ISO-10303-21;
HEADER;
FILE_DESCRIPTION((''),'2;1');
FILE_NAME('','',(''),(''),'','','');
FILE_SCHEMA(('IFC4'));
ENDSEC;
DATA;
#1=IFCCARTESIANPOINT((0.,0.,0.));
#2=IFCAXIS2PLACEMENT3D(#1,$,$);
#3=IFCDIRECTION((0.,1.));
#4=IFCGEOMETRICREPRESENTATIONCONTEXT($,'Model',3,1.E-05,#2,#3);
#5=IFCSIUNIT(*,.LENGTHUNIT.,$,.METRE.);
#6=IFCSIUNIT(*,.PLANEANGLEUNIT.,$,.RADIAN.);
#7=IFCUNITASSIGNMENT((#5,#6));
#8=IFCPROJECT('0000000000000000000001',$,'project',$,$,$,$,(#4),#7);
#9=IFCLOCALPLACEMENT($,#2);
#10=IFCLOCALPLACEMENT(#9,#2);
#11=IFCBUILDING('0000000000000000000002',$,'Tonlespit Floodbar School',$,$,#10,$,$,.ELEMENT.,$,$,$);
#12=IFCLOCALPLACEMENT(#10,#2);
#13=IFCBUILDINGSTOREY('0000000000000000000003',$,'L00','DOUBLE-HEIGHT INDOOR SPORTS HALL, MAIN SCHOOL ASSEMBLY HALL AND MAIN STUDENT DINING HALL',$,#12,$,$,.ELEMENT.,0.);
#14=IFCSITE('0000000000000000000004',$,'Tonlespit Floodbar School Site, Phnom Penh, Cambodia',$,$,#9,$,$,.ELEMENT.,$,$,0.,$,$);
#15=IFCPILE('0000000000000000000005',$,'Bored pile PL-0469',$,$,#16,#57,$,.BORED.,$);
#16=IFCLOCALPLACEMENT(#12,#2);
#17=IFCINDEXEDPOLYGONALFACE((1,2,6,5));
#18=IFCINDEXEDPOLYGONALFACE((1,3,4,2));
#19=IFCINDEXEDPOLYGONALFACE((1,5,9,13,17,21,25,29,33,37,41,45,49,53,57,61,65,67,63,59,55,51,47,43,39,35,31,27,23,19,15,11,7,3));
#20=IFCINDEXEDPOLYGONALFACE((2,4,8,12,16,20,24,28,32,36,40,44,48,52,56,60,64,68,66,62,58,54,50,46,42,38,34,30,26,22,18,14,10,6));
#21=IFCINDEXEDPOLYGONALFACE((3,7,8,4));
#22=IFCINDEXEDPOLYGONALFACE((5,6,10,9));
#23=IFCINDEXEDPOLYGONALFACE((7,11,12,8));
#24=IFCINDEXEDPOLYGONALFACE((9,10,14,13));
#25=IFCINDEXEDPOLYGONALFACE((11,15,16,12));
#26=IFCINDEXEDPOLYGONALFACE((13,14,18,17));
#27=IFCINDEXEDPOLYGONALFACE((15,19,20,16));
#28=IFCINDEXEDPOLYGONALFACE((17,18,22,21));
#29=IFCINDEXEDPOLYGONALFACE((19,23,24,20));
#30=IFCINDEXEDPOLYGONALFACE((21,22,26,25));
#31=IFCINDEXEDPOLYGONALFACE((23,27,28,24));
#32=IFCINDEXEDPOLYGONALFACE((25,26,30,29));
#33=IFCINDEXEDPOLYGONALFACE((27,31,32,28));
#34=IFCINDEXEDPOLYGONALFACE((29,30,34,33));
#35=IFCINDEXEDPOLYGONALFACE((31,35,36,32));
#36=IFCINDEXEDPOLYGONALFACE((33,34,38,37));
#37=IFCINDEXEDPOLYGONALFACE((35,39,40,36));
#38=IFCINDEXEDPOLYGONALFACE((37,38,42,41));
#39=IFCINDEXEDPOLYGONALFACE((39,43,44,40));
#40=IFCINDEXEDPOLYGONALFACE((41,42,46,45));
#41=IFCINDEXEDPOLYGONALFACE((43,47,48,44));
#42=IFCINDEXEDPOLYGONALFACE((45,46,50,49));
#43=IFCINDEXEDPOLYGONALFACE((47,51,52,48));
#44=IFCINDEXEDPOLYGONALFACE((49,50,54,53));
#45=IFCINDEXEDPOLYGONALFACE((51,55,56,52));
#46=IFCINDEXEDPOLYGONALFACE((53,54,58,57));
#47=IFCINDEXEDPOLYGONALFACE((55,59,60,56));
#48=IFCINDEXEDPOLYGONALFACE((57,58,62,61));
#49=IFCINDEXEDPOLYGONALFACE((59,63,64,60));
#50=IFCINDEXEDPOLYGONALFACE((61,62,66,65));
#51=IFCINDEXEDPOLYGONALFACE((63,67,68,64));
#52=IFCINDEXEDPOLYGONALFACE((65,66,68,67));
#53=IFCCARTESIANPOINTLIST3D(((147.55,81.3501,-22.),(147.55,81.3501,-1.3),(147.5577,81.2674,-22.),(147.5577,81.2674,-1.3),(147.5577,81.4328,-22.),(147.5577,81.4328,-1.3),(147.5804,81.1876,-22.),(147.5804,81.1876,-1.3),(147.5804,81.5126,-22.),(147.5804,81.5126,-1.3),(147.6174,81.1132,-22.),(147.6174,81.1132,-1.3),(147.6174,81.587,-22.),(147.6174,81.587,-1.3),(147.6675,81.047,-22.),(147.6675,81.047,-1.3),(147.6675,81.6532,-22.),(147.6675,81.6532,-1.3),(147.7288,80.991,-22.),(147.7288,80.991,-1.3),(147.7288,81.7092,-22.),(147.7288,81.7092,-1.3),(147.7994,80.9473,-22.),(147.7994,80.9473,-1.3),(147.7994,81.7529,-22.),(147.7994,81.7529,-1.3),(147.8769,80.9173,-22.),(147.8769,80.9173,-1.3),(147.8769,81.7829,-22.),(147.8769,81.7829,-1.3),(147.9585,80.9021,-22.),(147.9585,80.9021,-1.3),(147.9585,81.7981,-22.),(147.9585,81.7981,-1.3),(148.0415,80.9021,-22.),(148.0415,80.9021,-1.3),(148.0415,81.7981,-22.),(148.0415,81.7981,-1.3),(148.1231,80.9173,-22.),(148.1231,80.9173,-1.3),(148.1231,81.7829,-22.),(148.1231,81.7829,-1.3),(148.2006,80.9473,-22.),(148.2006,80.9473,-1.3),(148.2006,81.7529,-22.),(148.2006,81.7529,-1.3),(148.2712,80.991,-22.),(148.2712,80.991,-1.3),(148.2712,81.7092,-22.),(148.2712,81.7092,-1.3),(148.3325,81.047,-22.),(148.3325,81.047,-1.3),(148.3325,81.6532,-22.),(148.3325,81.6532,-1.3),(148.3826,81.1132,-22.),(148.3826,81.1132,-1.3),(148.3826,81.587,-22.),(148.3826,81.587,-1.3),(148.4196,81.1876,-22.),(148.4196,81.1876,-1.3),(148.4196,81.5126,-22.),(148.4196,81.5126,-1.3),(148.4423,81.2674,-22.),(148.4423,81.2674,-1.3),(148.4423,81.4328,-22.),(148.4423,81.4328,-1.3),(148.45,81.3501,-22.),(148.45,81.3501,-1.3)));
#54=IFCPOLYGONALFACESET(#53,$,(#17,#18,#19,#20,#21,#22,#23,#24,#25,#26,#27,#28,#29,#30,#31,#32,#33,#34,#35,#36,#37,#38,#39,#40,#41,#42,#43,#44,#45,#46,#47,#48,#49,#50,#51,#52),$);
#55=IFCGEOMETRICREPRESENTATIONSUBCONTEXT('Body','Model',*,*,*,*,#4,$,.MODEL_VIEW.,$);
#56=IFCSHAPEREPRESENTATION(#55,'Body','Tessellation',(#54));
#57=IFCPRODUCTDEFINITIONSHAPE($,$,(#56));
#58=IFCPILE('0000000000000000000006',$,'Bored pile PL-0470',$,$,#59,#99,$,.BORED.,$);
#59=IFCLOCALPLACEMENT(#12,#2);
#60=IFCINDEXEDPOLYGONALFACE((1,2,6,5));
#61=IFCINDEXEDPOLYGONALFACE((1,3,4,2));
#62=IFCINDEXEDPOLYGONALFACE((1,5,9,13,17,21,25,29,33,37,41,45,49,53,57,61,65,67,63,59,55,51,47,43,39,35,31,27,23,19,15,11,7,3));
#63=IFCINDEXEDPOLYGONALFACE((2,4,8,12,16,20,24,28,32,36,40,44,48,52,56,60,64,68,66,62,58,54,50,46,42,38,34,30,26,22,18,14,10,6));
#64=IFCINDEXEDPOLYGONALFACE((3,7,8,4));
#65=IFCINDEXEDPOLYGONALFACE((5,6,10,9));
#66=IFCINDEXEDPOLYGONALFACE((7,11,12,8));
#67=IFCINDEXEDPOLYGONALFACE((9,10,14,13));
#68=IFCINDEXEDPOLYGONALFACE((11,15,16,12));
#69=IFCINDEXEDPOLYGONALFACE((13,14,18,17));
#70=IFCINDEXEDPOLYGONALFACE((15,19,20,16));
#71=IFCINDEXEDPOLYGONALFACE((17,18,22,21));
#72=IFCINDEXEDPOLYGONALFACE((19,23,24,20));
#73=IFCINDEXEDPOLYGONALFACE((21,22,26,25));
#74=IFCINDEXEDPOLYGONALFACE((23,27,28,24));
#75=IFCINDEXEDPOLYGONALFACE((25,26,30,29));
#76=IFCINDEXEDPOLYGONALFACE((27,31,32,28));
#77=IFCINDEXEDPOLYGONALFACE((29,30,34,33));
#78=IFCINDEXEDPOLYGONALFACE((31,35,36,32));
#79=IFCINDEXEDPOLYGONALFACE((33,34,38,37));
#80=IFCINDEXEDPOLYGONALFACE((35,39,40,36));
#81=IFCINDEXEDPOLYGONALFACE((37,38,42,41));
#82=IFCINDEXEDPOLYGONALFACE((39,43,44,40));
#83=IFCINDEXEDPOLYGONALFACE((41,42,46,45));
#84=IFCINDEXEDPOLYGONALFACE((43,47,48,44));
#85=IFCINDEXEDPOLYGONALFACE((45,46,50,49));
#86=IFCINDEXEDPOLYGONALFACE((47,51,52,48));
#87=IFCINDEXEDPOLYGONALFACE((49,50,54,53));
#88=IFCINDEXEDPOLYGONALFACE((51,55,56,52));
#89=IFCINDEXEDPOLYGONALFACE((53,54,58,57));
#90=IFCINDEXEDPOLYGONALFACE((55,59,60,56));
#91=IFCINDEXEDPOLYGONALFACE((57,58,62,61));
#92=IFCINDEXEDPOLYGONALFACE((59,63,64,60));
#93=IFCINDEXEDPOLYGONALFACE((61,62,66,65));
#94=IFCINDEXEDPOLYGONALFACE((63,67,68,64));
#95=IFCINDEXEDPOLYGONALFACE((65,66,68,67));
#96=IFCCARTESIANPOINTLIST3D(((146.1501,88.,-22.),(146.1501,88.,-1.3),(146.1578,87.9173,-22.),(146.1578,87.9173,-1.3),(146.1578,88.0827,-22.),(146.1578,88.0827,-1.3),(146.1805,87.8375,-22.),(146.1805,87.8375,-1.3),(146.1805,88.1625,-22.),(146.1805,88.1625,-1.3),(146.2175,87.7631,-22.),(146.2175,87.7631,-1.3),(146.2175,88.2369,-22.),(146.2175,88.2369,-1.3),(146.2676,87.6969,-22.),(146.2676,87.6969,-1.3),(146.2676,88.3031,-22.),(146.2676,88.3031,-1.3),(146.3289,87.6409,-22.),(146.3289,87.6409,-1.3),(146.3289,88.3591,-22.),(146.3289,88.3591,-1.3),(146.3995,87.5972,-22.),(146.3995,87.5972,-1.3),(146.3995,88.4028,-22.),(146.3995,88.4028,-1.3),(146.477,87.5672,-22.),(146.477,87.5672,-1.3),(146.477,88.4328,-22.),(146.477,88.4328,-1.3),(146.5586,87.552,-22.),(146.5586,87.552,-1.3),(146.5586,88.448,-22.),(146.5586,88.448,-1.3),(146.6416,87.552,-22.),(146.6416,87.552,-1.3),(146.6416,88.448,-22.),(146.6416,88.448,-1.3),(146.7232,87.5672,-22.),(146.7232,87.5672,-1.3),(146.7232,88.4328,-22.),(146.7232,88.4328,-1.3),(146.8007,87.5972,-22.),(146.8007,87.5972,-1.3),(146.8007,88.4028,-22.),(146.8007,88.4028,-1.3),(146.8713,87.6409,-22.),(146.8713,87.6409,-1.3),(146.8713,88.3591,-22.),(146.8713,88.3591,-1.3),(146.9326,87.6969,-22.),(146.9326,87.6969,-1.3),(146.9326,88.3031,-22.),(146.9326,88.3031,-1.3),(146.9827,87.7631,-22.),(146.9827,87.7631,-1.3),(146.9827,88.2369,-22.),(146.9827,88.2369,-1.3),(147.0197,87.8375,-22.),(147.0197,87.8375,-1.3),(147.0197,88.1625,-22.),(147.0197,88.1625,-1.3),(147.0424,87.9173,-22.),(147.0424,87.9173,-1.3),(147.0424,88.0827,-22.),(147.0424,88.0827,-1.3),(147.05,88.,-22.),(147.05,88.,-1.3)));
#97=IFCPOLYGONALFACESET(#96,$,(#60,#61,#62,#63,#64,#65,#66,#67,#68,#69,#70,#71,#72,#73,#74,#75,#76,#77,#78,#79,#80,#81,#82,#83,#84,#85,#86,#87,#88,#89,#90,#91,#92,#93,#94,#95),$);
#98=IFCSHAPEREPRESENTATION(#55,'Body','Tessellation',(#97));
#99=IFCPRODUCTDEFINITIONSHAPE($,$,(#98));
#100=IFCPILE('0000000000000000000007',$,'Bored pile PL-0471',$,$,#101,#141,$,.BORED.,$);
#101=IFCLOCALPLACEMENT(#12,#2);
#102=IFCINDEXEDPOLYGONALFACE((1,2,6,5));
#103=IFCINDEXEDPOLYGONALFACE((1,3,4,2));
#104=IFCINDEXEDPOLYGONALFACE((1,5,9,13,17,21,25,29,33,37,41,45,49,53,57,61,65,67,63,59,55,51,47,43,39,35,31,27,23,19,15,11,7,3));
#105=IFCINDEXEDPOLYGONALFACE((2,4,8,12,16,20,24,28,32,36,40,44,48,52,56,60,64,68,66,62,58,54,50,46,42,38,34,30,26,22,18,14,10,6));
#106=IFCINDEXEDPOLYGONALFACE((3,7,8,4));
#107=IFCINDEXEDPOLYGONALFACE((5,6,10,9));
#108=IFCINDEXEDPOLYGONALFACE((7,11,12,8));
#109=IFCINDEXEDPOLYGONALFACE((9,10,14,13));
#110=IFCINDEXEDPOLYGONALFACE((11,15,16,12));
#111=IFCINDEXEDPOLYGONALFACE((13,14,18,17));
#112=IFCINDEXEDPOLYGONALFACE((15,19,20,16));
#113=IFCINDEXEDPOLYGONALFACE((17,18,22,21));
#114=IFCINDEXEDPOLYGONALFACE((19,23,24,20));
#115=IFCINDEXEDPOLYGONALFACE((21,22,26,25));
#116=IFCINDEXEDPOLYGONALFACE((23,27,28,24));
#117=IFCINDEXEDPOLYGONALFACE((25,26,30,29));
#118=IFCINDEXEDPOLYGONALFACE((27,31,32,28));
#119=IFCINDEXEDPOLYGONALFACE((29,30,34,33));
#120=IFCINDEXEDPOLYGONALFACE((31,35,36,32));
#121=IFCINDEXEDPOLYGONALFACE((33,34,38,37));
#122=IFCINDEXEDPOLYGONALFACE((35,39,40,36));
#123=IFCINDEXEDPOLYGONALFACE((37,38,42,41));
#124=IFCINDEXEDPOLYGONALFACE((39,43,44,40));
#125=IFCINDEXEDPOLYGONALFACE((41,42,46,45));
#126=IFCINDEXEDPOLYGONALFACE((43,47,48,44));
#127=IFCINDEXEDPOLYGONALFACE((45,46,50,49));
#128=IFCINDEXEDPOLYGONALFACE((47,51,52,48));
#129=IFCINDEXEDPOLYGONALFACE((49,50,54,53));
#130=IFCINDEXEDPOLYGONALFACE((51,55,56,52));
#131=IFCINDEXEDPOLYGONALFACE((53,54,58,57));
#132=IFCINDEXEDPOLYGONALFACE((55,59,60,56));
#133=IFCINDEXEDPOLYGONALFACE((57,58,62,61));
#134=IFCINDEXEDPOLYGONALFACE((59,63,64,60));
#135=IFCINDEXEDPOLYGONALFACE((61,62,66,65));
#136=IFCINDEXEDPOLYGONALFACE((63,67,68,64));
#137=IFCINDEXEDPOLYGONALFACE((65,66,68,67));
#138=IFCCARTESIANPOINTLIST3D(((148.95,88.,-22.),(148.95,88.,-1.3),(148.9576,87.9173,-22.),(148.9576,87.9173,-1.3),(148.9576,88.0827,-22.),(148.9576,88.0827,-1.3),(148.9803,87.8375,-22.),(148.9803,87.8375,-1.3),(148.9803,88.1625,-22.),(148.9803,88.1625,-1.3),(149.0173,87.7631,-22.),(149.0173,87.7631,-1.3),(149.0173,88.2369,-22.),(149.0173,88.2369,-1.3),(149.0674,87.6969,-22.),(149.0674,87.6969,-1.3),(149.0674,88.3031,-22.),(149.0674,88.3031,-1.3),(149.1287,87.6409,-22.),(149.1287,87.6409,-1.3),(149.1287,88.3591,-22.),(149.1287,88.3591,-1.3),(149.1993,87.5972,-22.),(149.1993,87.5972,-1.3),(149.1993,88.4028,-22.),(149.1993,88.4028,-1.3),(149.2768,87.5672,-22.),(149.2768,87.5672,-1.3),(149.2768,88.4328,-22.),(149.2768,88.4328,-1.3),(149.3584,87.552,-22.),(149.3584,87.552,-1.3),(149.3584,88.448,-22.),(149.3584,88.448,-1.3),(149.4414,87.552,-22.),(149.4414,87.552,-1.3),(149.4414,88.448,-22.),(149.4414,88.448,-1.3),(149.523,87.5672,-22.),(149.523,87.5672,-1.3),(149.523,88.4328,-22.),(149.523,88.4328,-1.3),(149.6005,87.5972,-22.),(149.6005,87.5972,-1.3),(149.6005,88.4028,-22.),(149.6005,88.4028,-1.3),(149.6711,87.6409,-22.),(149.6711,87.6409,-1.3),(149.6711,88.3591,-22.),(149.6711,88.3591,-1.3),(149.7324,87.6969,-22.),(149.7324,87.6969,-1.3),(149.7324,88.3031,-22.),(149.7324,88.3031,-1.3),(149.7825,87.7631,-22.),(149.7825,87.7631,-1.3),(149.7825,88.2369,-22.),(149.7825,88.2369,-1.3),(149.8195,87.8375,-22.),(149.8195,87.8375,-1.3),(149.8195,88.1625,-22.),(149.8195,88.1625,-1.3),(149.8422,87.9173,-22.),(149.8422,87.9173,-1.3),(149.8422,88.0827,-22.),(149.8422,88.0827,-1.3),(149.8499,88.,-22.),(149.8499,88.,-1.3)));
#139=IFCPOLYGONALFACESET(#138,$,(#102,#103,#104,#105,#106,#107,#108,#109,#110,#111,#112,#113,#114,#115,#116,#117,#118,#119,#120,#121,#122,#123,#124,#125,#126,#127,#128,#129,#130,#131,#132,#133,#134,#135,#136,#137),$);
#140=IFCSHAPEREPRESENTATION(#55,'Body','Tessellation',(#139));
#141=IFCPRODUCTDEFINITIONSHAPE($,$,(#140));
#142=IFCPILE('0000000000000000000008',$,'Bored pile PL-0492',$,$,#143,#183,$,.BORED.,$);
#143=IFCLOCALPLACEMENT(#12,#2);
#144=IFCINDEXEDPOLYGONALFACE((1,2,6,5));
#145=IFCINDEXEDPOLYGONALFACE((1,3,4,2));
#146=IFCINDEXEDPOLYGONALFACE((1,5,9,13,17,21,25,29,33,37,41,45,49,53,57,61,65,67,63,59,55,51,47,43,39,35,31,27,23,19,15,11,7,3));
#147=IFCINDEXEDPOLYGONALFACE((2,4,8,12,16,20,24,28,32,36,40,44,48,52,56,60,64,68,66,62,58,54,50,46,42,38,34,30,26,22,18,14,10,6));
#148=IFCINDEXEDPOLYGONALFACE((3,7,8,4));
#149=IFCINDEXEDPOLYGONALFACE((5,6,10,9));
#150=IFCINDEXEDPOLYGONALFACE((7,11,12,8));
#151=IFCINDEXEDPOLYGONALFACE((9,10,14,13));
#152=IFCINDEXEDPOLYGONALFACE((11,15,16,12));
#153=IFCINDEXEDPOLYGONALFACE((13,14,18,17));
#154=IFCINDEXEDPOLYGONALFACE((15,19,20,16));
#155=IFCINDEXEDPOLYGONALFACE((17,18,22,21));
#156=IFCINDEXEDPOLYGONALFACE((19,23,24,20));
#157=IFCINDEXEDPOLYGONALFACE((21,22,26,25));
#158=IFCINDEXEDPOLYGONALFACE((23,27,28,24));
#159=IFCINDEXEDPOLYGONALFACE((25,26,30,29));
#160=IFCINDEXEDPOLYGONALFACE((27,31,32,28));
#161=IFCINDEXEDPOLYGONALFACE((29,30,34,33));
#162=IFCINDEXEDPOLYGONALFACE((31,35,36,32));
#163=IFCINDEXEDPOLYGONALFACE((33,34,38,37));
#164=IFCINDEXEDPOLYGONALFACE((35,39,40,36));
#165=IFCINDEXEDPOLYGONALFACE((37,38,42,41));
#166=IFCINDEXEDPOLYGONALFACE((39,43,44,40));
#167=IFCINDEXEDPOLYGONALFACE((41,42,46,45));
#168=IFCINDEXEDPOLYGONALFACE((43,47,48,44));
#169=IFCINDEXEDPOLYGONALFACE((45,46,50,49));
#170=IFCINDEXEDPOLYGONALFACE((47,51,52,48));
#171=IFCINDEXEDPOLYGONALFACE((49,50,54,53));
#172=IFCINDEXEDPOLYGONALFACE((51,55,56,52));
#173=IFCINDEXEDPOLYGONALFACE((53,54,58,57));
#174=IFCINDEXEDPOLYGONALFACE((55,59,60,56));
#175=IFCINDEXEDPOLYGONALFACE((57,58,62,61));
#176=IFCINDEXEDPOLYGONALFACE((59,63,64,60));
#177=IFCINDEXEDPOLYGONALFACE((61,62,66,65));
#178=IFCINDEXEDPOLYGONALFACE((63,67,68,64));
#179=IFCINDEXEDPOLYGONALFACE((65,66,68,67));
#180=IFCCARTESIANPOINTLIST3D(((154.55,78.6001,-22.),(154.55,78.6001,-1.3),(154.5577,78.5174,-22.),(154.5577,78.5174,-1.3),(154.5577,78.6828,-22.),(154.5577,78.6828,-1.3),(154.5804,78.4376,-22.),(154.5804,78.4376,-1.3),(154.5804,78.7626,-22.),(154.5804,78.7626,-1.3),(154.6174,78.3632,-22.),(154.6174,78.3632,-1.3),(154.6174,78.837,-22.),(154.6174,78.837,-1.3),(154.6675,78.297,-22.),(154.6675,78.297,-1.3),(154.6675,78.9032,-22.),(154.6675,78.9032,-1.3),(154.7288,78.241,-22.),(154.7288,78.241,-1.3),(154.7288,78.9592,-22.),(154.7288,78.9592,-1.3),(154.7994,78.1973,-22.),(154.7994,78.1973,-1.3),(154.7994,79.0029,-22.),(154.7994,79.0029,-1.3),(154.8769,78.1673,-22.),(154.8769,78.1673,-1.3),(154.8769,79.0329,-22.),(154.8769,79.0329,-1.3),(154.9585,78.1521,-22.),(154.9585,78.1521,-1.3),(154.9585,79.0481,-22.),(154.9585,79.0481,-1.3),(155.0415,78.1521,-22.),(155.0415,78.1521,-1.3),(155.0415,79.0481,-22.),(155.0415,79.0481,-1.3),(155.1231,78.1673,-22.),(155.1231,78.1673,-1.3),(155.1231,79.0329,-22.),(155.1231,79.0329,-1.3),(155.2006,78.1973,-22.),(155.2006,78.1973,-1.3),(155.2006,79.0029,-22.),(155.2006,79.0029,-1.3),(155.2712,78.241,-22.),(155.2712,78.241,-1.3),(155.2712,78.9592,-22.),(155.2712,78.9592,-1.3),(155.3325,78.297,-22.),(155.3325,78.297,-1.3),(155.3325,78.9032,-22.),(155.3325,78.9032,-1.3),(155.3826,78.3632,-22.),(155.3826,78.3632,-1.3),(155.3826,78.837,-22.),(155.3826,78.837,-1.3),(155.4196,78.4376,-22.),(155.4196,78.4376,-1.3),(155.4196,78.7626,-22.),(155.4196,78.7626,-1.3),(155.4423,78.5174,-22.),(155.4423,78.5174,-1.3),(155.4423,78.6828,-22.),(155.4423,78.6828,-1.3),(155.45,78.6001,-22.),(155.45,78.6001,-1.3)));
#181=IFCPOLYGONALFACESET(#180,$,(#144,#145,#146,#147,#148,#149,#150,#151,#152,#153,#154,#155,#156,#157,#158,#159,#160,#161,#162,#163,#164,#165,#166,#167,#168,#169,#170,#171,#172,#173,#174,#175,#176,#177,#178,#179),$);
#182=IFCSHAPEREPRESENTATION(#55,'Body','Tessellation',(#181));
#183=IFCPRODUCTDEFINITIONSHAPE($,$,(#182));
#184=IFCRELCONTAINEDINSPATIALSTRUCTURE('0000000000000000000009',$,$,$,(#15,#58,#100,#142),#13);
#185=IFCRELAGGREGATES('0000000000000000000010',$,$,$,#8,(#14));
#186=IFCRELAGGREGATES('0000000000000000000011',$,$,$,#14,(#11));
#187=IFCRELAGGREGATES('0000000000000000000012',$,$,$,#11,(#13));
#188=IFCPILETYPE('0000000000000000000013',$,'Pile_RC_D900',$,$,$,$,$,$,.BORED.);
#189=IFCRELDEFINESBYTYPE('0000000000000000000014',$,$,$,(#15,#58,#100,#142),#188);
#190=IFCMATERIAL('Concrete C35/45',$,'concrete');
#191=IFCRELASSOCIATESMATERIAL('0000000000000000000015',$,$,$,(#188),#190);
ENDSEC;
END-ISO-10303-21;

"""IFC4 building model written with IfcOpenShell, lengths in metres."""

from ifc_helpers import new_model, si_unit, direction, frame, origin, origin_2d, place, context, subcontext, project, spatial, circle, extrude, material, material_profile, profile_set, type_object, element, save


model = new_model("IFC4")

# Units and contexts
model_context = context("Model", 3, precision=1e-05, world=origin(), true_north=direction((0.0, 1.0)))
body_context = subcontext(model_context, "Body", "Model", "MODEL_VIEW")
ifc_project = project(units=[si_unit("LENGTHUNIT", "METRE"), si_unit("PLANEANGLEUNIT", "RADIAN")], contexts=[model_context])

# Site, building, storey
site_placement = place(None, origin())
site = spatial("IfcSite", under=ifc_project, at=site_placement, Name="Tonlespit Floodbar School Site, Phnom Penh, Cambodia", CompositionType="ELEMENT", RefElevation=0.0)
building_placement = place(site_placement, origin())
building = spatial("IfcBuilding", under=site, at=building_placement, Name="Tonlespit Floodbar School", CompositionType="ELEMENT")
storey_placement = place(building_placement, origin())
storey = spatial("IfcBuildingStorey", under=building, at=storey_placement, Name="L00", Description="DOUBLE-HEIGHT INDOOR SPORTS HALL, MAIN SCHOOL ASSEMBLY HALL AND MAIN STUDENT DINING HALL", CompositionType="ELEMENT", Elevation=0.0)

# Piles
ifc_material_1 = material(Name="Concrete C35/45", Category="concrete")
ifc_material_profile_1 = material_profile(ifc_material_1, circle(Radius=0.45, at=origin_2d()), Name="BP D900")
ifc_profile_set_1 = profile_set([ifc_material_profile_1], Name="Concrete C35/45")
pile_type = type_object("IfcPileType", Name="Pile_RC_D900", PredefinedType="BORED", material=ifc_profile_set_1)
for number, where, z_axis, x_axis, name in (
    (1, (148.0, 81.3501, -1.3), (0.0, 0.0, -1.0), (1.0, 0.0, 0.0), "Bored pile PL-0469"),
    (2, (146.6001, 88.0, -1.3), (0.0, 0.0, -1.0), (1.0, 0.0, 0.0), "Bored pile PL-0470"),
    (3, (149.3999, 88.0, -1.3), (0.0, 0.0, -1.0), (1.0, 0.0, 0.0), "Bored pile PL-0471"),
    (4, (155.0, 78.6001, -1.3), (0.0, 0.0, -1.0), (1.0, 0.0, 0.0), "Bored pile PL-0492"),
):
    element("IfcPile", number, at=place(storey_placement, frame(where, z_axis=z_axis, x_axis=x_axis)), inside=storey, type_object=pile_type, Name=name, PredefinedType="BORED", context=body_context, shape_type="SweptSolid", body=[
        extrude(circle(Radius=0.45, at=origin_2d()), origin(), (0.0, 0.0, 1.0), 20.7),
    ])

save(model, "model.ifc")
